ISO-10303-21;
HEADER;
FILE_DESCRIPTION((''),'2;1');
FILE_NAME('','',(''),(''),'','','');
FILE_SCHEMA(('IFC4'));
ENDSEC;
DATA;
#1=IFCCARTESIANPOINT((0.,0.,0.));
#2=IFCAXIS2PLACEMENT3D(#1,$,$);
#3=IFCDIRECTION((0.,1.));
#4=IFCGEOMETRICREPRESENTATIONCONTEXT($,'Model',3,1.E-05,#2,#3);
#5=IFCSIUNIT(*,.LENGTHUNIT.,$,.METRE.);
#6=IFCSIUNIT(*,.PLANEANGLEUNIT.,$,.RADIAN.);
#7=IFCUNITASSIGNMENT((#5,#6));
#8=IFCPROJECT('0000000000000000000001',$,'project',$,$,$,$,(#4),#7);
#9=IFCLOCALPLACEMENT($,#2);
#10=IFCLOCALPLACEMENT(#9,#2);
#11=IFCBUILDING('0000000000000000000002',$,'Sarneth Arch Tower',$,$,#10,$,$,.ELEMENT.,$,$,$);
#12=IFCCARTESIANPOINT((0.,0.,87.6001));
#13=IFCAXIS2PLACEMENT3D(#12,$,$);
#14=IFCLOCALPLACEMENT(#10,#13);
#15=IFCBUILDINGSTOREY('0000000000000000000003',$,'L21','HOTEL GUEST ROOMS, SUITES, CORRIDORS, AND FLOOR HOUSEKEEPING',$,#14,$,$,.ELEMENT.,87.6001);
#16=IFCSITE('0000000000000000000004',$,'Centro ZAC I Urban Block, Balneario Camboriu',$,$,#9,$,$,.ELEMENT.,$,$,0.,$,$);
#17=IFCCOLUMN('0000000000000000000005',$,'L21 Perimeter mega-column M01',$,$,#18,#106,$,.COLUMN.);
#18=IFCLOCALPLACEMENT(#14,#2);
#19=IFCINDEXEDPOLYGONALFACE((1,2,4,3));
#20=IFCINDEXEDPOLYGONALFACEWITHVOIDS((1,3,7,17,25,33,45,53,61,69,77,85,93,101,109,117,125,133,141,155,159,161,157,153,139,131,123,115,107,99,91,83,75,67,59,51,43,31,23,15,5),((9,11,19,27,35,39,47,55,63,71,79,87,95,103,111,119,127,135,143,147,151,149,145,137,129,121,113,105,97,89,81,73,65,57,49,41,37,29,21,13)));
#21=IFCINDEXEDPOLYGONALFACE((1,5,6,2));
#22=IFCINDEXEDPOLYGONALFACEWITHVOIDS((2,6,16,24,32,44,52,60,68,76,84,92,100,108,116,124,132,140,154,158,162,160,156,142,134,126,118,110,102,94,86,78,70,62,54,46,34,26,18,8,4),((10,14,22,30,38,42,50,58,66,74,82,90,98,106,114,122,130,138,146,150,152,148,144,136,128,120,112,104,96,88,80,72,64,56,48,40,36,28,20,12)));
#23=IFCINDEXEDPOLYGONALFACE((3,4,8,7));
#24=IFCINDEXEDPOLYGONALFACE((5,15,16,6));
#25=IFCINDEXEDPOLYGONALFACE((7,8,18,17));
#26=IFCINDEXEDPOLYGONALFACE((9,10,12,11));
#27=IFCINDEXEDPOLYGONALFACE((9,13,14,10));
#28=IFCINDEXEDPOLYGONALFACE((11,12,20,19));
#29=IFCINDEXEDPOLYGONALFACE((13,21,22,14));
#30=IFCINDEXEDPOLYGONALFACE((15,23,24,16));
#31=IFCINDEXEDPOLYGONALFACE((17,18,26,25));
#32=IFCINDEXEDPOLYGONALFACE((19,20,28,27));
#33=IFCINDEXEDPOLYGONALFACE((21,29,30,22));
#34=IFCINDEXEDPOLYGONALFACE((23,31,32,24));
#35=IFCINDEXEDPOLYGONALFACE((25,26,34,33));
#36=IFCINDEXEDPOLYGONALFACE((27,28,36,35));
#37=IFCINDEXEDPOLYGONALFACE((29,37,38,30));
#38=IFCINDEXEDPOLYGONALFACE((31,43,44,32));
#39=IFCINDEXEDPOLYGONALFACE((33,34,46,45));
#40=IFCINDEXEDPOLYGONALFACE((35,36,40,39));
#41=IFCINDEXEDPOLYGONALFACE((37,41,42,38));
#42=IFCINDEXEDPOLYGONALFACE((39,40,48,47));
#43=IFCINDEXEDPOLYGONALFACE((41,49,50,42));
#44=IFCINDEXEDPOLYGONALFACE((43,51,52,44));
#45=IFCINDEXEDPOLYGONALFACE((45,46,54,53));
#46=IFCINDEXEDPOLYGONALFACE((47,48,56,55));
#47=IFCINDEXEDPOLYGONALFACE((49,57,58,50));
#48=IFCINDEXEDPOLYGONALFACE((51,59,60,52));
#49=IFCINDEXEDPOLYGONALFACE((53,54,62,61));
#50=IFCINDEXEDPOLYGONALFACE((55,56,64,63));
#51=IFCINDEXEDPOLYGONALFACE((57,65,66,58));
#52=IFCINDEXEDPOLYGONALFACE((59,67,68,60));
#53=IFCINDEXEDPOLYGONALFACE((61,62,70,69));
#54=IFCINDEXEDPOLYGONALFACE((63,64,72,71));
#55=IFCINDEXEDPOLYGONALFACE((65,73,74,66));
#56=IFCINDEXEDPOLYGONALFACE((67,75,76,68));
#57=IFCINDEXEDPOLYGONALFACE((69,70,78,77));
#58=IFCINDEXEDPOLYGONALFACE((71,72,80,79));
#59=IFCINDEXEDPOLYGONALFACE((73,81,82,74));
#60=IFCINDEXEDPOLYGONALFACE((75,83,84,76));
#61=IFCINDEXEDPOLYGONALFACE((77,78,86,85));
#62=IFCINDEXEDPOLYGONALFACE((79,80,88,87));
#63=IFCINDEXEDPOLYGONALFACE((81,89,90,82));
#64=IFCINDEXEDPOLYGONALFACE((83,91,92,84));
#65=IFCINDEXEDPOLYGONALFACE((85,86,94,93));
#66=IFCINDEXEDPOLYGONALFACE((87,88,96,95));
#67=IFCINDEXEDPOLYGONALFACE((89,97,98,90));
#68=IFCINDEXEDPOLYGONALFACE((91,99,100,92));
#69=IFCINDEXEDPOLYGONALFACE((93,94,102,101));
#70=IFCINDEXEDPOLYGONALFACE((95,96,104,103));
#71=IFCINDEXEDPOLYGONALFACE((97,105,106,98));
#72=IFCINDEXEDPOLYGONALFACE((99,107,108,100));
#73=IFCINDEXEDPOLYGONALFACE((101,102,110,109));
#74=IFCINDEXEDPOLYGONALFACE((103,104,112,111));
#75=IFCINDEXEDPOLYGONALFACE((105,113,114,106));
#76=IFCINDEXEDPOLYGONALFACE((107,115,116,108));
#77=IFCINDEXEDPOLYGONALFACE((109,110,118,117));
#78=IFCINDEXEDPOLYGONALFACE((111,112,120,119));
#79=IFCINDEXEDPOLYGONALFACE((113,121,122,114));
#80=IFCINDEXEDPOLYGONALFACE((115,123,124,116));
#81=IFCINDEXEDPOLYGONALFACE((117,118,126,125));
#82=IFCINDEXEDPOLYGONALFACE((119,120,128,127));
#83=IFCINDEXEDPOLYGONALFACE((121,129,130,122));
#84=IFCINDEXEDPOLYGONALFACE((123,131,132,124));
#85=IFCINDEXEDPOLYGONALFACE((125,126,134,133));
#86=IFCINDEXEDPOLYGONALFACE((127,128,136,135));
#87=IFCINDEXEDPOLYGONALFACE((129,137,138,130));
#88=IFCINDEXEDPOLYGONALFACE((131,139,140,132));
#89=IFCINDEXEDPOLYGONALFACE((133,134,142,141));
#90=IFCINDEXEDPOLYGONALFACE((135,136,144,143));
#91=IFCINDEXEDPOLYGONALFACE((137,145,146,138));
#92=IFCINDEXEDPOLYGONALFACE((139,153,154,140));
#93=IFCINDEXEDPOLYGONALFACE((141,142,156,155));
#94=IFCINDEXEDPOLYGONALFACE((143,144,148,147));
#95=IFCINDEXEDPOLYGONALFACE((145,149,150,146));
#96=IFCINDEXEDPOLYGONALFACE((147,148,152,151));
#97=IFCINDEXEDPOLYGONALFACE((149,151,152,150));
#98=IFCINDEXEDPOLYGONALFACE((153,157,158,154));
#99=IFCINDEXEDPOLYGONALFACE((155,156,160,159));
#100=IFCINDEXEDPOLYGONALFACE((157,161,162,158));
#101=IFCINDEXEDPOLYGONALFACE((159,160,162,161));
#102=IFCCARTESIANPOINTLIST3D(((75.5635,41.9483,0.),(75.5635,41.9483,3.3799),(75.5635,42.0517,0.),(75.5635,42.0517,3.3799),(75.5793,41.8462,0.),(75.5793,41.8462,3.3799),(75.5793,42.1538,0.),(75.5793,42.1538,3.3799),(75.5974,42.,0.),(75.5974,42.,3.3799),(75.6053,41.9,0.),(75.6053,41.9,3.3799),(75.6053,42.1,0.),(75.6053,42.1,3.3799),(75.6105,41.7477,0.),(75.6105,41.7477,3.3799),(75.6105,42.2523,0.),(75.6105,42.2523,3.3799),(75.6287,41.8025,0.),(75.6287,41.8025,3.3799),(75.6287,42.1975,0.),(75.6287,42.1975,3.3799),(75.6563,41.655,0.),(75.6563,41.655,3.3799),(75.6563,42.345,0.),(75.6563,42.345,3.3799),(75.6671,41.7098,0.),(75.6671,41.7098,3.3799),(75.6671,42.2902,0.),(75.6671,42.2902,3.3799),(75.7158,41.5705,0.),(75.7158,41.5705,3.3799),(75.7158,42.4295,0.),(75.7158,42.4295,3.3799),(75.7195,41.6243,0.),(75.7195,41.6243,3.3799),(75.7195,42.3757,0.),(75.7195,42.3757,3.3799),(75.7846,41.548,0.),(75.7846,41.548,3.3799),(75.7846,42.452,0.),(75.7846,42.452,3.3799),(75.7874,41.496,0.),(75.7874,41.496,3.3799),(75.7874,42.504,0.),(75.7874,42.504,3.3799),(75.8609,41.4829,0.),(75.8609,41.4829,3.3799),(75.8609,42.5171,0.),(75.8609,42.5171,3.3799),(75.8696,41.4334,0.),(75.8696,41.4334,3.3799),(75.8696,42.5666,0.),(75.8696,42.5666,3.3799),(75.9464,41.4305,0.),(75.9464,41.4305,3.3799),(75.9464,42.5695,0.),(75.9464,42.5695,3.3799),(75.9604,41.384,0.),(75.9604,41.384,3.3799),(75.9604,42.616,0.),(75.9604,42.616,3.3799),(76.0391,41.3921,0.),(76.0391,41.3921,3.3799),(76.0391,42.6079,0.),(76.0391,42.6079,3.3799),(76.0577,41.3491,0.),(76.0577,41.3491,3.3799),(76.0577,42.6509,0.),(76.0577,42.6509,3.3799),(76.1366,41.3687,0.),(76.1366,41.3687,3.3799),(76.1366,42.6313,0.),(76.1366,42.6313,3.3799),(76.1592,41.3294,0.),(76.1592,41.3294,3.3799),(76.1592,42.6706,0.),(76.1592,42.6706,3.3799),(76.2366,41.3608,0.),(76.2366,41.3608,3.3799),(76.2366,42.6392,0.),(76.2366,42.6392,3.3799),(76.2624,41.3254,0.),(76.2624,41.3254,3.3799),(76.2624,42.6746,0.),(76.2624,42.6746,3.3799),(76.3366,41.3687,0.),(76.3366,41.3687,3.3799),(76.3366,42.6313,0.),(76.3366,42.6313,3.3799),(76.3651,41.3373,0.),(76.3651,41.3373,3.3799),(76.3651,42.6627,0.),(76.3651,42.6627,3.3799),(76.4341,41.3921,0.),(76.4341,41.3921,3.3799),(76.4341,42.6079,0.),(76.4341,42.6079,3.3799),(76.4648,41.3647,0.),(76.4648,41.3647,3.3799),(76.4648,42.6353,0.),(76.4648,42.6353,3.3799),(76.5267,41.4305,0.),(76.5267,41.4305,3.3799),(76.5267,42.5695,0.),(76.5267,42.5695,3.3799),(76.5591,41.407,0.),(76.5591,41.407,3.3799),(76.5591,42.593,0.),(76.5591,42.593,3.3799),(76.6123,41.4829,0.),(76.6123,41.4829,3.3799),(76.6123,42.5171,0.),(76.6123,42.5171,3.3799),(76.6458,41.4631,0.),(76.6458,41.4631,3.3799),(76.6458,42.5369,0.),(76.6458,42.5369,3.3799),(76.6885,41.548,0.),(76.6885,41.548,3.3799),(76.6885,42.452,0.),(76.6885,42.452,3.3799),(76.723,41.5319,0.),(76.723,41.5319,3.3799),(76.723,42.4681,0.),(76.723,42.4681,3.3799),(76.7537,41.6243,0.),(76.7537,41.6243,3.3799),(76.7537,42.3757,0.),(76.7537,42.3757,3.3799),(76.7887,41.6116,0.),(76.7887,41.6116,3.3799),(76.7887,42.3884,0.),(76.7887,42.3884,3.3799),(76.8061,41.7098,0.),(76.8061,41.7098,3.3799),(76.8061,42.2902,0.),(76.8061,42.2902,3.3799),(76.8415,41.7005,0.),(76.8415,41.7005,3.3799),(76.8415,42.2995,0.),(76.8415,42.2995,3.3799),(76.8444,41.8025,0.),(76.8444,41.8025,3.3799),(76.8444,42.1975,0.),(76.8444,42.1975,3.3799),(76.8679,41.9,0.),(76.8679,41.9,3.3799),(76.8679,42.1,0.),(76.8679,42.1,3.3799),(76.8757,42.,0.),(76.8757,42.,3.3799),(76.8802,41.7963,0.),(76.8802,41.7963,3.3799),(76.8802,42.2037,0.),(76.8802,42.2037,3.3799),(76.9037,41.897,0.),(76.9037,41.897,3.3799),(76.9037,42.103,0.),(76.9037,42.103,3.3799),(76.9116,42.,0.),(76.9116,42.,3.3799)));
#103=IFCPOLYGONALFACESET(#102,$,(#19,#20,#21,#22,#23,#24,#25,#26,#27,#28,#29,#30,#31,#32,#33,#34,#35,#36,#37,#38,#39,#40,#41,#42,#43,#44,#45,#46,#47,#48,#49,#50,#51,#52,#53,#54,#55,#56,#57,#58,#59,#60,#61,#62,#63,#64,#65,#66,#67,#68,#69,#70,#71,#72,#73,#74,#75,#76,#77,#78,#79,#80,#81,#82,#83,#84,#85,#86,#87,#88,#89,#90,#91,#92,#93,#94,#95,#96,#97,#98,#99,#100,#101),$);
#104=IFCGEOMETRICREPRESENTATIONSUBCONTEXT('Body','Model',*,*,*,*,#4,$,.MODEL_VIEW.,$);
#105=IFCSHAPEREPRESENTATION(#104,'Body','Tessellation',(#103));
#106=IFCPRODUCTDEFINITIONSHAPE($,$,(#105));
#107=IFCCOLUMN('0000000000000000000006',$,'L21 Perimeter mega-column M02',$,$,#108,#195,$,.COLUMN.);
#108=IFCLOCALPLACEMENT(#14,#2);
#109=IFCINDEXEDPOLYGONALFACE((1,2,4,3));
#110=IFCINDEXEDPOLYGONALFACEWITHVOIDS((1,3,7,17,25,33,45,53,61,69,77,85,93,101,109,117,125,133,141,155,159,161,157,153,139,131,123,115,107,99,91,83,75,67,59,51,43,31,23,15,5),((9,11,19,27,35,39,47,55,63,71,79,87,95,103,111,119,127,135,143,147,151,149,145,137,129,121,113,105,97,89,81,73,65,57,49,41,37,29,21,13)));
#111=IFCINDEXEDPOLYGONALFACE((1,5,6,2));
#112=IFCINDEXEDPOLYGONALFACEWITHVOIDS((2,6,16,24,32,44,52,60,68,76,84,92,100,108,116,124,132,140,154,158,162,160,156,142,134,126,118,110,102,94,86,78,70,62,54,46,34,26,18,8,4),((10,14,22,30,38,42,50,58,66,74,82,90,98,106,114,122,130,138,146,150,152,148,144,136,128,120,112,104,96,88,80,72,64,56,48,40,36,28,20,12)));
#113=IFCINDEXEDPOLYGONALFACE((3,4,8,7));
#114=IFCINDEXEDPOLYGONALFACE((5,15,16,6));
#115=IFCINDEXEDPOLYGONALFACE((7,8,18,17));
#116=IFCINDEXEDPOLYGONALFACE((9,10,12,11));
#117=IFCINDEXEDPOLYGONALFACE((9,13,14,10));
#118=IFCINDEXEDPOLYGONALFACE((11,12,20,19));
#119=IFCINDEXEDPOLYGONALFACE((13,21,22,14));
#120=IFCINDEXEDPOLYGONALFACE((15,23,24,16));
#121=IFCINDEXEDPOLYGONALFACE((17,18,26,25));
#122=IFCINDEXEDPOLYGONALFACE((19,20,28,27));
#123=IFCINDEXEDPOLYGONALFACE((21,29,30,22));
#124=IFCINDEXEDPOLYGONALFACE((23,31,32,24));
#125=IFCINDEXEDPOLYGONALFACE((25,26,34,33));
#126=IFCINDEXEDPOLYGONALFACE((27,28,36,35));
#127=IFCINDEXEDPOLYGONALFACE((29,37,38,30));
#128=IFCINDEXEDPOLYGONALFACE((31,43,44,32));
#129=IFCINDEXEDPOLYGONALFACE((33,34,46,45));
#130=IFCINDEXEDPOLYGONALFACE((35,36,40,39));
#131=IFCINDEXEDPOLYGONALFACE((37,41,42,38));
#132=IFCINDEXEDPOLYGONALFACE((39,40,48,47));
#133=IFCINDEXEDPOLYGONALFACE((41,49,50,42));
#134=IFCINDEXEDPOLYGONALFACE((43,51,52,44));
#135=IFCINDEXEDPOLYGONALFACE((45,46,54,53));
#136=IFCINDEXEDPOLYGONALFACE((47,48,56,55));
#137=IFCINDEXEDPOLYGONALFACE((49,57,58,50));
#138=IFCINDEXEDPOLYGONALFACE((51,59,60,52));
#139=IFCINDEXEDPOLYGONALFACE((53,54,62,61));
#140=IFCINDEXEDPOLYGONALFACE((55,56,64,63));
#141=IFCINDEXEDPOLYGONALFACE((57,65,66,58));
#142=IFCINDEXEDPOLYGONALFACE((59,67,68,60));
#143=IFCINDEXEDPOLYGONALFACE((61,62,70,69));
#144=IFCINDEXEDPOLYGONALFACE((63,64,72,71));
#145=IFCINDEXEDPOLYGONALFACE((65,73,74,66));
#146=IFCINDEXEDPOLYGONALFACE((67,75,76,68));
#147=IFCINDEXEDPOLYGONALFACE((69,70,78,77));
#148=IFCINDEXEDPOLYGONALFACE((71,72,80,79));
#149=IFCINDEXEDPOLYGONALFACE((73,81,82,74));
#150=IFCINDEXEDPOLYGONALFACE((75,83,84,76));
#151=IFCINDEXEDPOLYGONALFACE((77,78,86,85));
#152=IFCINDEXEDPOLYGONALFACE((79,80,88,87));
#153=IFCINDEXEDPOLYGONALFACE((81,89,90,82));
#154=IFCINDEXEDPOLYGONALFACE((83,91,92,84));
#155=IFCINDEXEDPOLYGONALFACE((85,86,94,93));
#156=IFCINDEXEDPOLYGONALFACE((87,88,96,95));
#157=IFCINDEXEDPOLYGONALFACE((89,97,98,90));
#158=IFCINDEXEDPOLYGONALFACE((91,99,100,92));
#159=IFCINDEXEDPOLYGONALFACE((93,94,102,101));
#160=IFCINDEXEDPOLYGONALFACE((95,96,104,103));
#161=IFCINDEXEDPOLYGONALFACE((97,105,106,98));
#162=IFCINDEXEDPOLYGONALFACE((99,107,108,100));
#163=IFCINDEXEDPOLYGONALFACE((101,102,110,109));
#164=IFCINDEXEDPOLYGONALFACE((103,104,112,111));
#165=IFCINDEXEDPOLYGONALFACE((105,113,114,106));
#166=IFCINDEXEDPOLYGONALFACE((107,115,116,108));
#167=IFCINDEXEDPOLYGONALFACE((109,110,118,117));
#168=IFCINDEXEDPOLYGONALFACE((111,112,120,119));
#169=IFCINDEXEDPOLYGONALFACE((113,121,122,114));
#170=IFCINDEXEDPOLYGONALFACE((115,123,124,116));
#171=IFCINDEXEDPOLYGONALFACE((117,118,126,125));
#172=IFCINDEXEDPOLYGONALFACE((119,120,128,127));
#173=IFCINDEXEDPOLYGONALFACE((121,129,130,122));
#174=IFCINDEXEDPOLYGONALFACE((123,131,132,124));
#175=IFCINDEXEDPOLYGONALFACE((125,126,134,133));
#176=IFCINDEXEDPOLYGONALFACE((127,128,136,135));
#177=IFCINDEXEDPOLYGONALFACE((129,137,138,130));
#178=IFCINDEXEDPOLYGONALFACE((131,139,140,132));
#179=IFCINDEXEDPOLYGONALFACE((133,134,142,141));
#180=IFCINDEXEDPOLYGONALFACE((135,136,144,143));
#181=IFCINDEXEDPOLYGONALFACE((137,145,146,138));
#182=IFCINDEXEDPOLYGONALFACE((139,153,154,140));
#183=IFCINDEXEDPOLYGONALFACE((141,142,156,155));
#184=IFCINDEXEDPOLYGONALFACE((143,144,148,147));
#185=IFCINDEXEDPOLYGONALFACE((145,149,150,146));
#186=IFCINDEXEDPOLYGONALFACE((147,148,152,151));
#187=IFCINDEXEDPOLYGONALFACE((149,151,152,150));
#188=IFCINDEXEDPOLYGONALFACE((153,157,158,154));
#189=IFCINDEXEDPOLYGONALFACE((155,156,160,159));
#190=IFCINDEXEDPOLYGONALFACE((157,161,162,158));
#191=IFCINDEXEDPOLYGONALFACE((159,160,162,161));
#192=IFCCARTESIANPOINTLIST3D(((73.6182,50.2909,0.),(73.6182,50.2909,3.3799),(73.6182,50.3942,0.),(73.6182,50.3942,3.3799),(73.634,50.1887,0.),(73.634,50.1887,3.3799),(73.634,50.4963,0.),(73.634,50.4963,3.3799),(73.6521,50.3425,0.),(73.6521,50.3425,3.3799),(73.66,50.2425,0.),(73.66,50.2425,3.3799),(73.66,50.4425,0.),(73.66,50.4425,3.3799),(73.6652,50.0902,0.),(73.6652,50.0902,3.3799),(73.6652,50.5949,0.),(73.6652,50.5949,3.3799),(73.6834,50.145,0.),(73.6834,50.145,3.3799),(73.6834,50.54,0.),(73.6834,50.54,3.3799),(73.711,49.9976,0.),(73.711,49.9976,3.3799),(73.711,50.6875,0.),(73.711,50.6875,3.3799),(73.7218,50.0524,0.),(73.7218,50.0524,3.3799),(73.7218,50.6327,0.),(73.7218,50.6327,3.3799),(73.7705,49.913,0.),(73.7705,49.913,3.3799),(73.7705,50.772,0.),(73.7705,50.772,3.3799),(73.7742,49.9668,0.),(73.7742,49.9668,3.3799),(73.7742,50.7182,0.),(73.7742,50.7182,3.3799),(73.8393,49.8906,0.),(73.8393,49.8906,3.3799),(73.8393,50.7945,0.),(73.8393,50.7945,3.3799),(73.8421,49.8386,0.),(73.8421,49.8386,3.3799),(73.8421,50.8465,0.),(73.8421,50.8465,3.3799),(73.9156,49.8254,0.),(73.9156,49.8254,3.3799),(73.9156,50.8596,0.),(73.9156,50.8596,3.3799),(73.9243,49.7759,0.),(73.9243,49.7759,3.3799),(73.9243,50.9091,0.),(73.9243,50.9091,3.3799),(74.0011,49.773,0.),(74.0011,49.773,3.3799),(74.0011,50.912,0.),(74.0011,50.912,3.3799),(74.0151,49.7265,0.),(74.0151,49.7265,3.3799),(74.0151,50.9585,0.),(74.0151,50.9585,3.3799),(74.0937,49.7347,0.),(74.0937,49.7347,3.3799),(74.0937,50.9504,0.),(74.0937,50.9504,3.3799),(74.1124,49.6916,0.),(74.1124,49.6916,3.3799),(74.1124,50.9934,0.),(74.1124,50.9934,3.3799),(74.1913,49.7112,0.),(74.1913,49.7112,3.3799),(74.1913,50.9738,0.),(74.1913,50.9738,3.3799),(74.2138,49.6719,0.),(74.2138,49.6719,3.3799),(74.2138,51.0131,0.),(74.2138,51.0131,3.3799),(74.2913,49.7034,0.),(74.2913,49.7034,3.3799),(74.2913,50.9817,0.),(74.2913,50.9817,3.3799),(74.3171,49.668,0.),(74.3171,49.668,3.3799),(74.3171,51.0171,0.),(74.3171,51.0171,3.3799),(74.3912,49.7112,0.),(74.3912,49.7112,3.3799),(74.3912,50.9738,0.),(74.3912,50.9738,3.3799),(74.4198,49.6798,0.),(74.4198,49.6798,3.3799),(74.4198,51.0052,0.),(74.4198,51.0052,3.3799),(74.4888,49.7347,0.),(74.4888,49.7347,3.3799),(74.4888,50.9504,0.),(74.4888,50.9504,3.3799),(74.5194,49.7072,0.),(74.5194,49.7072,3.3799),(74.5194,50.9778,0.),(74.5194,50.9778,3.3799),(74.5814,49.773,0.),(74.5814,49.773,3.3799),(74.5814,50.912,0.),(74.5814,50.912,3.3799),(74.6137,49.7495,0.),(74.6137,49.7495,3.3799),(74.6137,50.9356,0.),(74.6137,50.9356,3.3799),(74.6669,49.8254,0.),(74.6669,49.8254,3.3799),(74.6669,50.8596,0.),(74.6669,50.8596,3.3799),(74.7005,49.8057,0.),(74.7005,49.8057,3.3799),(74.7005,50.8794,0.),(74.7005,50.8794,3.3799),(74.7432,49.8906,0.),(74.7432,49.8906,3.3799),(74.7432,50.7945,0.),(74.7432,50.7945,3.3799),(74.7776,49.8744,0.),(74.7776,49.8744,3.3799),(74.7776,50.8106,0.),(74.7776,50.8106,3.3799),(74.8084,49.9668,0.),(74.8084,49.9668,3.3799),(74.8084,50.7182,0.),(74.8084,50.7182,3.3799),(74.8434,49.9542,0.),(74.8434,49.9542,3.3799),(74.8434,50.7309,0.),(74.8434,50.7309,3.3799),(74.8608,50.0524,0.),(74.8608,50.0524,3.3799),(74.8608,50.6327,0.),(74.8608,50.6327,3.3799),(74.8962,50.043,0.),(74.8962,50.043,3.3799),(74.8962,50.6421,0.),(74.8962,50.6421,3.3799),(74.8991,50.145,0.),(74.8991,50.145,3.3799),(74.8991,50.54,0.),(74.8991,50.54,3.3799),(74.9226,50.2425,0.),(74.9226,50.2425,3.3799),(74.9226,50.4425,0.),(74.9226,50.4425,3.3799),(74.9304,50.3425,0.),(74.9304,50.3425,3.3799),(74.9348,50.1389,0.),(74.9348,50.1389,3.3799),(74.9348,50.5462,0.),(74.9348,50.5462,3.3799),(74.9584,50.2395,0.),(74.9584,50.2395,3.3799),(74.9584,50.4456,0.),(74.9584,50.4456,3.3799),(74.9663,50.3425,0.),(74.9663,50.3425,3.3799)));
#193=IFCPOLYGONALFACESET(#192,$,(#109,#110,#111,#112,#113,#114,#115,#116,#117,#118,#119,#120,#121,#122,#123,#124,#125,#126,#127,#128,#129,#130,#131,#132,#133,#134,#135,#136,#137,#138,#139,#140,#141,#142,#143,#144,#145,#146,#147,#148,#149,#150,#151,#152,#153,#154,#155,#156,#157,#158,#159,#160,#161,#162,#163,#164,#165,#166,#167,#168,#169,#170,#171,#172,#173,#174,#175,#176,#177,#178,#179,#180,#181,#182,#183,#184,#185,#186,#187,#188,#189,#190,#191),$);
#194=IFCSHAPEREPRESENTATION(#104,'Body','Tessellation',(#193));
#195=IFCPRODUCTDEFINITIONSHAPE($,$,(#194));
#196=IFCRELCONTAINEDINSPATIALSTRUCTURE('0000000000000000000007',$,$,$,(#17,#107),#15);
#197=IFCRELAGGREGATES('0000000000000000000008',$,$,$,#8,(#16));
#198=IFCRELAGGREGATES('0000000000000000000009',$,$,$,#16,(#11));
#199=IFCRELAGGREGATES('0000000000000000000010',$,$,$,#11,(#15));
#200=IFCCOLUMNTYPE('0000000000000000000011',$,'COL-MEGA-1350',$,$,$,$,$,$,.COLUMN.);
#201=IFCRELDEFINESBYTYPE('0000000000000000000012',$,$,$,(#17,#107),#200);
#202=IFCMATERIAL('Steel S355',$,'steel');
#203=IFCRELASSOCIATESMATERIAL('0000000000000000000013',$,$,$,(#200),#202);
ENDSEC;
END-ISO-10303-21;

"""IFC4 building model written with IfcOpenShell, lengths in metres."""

from ifc_helpers import new_model, si_unit, direction, frame, origin, origin_2d, place, context, subcontext, project, spatial, hollow_circle, extrude, material, material_profile, profile_set, type_object, element, save


model = new_model("IFC4")

# Units and contexts
model_context = context("Model", 3, precision=1e-05, world=origin(), true_north=direction((0.0, 1.0)))
body_context = subcontext(model_context, "Body", "Model", "MODEL_VIEW")
ifc_project = project(units=[si_unit("LENGTHUNIT", "METRE"), si_unit("PLANEANGLEUNIT", "RADIAN")], contexts=[model_context])

# Site, building, storey
site_placement = place(None, origin())
site = spatial("IfcSite", under=ifc_project, at=site_placement, Name="Centro ZAC I Urban Block, Balneario Camboriu", CompositionType="ELEMENT", RefElevation=0.0)
building_placement = place(site_placement, origin())
building = spatial("IfcBuilding", under=site, at=building_placement, Name="Sarneth Arch Tower", CompositionType="ELEMENT")
storey_placement = place(building_placement, frame((0.0, 0.0, 87.6001)))
storey = spatial("IfcBuildingStorey", under=building, at=storey_placement, Name="L21", Description="HOTEL GUEST ROOMS, SUITES, CORRIDORS, AND FLOOR HOUSEKEEPING", CompositionType="ELEMENT", Elevation=87.6001)

# Columns
ifc_material_1 = material(Name="Steel S355", Category="steel")
ifc_material_profile_1 = material_profile(ifc_material_1, hollow_circle(Radius=0.675, WallThickness=0.0359, at=origin_2d()), Name="CHS1350x36")
ifc_profile_set_1 = profile_set([ifc_material_profile_1], Name="Steel S355")
column_type = type_object("IfcColumnType", Name="COL-MEGA-1350", PredefinedType="COLUMN", material=ifc_profile_set_1)
for number, where, z_axis, x_axis, name in (
    (1, (76.2366, 42.0, 0.0), (0.0, 0.0, 1.0), (1.0, 0.0, 0.0), "L21 Perimeter mega-column M01"),
    (2, (74.2913, 50.3425, 0.0), (0.0, 0.0, 1.0), (1.0, 0.0, 0.0), "L21 Perimeter mega-column M02"),
):
    element("IfcColumn", number, at=place(storey_placement, frame(where, z_axis=z_axis, x_axis=x_axis)), inside=storey, type_object=column_type, Name=name, PredefinedType="COLUMN", context=body_context, shape_type="SweptSolid", body=[
        extrude(hollow_circle(Radius=0.675, WallThickness=0.0359, at=origin_2d()), origin(), (0.0, 0.0, 1.0), 3.3799),
    ])

save(model, "model.ifc")
